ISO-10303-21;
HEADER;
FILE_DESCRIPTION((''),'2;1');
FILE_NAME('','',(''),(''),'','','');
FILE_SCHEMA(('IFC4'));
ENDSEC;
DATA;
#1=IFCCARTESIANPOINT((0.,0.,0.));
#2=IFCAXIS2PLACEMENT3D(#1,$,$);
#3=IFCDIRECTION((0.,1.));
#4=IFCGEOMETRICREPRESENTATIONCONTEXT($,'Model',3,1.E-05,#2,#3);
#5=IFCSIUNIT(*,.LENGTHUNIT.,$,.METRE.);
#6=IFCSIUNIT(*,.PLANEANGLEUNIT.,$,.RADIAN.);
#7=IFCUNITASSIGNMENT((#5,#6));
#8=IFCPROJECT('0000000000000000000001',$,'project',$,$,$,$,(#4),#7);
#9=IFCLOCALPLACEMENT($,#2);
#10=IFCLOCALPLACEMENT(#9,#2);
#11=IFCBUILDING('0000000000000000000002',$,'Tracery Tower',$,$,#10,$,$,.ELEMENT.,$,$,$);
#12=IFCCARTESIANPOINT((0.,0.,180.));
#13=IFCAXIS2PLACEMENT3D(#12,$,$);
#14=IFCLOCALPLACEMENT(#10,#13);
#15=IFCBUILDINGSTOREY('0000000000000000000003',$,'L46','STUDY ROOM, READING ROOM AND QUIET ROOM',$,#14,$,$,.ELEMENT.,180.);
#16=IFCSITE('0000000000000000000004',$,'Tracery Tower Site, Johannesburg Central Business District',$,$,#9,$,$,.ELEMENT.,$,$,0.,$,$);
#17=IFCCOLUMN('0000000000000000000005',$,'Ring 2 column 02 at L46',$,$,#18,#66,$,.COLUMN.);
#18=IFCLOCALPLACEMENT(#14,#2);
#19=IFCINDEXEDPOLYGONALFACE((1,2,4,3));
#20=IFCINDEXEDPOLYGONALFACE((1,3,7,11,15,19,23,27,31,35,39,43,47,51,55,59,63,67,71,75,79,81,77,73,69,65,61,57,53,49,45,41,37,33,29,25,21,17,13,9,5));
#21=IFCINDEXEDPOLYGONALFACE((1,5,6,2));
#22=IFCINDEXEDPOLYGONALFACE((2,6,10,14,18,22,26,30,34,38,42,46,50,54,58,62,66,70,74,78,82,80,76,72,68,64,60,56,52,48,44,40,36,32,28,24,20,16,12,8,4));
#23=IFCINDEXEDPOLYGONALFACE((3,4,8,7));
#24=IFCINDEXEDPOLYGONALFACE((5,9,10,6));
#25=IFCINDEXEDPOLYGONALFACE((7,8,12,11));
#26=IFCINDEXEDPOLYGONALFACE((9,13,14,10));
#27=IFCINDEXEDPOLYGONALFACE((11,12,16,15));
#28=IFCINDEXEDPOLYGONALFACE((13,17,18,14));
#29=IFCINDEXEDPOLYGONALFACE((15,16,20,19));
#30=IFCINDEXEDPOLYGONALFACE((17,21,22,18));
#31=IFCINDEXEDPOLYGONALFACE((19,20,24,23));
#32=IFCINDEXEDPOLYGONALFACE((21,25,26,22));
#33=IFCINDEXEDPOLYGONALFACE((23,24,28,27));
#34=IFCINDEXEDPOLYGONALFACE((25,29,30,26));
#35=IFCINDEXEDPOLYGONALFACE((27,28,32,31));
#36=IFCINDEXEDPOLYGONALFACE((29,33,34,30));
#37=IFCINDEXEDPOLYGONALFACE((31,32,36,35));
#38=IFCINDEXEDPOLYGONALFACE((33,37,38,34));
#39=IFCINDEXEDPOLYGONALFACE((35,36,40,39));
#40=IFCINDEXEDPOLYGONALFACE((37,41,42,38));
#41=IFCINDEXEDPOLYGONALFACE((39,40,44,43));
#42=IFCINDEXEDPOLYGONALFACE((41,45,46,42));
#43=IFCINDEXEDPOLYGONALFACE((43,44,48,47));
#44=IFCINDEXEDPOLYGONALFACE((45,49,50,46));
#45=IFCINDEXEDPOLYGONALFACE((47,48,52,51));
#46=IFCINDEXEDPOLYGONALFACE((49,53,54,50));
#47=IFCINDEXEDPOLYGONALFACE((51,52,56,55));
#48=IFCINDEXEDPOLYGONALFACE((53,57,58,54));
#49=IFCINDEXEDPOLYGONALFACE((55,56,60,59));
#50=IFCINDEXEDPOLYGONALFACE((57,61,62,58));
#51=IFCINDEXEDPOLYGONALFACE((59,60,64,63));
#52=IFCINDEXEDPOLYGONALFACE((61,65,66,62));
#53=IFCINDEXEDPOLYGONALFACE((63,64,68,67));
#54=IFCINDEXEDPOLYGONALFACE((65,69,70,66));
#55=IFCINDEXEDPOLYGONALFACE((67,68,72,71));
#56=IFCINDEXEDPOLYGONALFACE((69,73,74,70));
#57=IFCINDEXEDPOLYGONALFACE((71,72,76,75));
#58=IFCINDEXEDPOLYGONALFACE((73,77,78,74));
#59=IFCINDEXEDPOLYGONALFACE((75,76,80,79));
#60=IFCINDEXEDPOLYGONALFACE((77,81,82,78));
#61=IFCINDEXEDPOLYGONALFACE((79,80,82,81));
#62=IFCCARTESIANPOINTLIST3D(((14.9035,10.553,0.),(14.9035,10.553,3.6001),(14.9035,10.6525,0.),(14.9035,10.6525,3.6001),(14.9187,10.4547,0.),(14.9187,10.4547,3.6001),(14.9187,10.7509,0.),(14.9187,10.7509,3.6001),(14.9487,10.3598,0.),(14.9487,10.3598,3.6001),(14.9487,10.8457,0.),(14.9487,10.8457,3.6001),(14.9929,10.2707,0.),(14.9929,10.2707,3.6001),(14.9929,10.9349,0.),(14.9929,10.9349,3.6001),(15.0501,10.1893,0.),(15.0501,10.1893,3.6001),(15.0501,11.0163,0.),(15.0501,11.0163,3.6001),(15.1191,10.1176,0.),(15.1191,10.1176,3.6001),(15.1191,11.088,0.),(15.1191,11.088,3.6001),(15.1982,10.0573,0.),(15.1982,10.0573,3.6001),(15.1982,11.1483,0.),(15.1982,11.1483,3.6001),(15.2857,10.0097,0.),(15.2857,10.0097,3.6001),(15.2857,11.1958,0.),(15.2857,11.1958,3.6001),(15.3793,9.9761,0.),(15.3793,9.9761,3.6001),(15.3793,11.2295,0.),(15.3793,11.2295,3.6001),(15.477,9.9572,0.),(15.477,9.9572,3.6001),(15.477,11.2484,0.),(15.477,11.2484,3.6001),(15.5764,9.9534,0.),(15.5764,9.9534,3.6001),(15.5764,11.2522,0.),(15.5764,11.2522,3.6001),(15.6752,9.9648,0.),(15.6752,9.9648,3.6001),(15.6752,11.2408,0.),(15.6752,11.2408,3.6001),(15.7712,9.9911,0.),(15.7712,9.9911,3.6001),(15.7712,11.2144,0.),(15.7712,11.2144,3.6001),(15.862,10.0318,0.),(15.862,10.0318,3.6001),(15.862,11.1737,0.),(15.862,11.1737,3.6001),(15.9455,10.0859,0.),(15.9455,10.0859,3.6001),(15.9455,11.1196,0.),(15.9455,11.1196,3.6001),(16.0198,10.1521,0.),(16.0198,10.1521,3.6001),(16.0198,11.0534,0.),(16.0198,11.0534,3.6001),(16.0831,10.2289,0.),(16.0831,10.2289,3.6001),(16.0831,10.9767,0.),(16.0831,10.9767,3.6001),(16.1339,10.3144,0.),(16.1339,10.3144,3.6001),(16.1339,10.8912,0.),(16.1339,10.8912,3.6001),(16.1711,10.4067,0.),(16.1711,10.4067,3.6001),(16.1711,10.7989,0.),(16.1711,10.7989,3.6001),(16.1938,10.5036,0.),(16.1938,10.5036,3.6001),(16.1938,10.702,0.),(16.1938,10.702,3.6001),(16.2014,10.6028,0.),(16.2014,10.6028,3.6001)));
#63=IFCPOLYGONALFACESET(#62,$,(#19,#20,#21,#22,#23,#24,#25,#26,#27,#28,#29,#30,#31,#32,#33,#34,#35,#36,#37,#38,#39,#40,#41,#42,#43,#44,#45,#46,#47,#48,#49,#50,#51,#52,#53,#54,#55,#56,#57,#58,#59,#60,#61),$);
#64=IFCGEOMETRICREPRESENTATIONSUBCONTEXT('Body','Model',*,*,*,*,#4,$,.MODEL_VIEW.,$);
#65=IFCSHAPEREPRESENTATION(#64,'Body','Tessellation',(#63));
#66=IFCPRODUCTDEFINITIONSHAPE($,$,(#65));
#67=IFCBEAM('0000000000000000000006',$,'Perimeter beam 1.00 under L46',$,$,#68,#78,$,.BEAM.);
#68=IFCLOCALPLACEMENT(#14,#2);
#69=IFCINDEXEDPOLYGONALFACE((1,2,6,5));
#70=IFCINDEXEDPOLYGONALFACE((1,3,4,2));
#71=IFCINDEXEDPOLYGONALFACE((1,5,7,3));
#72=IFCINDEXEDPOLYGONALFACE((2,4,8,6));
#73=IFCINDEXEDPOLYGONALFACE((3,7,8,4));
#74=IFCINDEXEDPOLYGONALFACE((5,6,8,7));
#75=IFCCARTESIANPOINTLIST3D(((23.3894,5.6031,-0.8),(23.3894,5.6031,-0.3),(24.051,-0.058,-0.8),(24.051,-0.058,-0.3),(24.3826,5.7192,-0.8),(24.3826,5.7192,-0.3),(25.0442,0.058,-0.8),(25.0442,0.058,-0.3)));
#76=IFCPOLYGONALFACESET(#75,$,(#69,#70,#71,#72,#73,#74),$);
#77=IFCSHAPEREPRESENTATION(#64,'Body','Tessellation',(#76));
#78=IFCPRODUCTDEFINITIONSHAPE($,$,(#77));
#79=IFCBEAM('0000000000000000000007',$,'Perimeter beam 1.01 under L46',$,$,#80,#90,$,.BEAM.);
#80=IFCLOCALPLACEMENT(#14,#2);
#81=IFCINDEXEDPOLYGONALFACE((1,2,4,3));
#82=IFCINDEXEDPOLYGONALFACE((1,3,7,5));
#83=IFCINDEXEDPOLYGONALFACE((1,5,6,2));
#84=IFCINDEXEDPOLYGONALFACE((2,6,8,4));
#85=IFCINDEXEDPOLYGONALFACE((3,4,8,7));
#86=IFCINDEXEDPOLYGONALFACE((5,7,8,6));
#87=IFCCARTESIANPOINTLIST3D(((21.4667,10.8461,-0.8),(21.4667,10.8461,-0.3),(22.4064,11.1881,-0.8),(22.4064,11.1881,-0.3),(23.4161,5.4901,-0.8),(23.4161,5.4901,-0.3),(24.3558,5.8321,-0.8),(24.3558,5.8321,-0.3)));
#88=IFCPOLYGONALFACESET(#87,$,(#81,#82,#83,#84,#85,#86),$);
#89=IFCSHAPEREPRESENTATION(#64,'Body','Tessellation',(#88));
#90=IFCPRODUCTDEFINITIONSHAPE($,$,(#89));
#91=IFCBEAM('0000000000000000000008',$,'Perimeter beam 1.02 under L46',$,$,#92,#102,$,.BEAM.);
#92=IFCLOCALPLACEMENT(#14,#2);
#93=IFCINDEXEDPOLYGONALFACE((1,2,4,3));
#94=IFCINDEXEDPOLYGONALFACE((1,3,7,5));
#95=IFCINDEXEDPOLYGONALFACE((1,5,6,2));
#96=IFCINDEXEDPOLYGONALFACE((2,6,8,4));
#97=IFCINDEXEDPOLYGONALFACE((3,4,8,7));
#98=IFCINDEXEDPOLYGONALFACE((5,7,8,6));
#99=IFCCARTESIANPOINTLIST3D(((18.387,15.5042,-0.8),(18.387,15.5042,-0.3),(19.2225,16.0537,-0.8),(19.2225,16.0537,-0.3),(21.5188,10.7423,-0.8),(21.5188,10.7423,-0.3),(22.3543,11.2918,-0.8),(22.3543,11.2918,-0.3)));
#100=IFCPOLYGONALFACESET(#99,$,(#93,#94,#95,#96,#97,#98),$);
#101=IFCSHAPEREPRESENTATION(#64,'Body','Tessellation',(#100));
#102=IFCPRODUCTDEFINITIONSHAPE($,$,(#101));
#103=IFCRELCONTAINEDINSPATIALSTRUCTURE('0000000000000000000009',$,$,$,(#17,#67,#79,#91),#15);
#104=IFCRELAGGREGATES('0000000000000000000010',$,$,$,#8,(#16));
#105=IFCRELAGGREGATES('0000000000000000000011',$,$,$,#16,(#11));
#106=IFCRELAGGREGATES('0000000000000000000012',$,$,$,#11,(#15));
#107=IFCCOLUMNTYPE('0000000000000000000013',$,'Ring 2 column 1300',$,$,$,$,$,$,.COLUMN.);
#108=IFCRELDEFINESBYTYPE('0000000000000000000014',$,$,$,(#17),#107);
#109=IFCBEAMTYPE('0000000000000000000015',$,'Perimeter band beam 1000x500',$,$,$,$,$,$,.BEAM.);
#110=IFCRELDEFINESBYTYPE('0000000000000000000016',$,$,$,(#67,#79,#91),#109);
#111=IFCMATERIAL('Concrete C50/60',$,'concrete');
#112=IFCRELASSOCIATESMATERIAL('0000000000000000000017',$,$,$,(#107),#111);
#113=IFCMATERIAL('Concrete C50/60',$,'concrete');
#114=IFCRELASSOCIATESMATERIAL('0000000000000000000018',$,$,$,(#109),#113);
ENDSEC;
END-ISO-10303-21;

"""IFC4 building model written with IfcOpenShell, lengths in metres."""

from ifc_helpers import new_model, si_unit, direction, frame, origin, origin_2d, place, context, subcontext, project, spatial, rectangle, circle, extrude, material, material_profile, profile_set, type_object, element, save


model = new_model("IFC4")

# Units and contexts
model_context = context("Model", 3, precision=1e-05, world=origin(), true_north=direction((0.0, 1.0)))
body_context = subcontext(model_context, "Body", "Model", "MODEL_VIEW")
ifc_project = project(units=[si_unit("LENGTHUNIT", "METRE"), si_unit("PLANEANGLEUNIT", "RADIAN")], contexts=[model_context])

# Site, building, storey
site_placement = place(None, origin())
site = spatial("IfcSite", under=ifc_project, at=site_placement, Name="Tracery Tower Site, Johannesburg Central Business District", CompositionType="ELEMENT", RefElevation=0.0)
building_placement = place(site_placement, origin())
building = spatial("IfcBuilding", under=site, at=building_placement, Name="Tracery Tower", CompositionType="ELEMENT")
storey_placement = place(building_placement, frame((0.0, 0.0, 180.0)))
storey = spatial("IfcBuildingStorey", under=building, at=storey_placement, Name="L46", Description="STUDY ROOM, READING ROOM AND QUIET ROOM", CompositionType="ELEMENT", Elevation=180.0)

# Column
ifc_material_1 = material(Name="Concrete C50/60", Category="concrete")
ifc_material_profile_1 = material_profile(ifc_material_1, circle(Radius=0.6499, at=origin_2d()), Name="RC D1300")
ifc_profile_set_1 = profile_set([ifc_material_profile_1], Name="Concrete C50/60")
column_type_1 = type_object("IfcColumnType", Name="Ring 2 column 1300", PredefinedType="COLUMN", material=ifc_profile_set_1)
for number, where, z_axis, x_axis, name in (
    (1, (15.5515, 10.6028, 0.0), (0.0, 0.0, 1.0), (1.0, 0.0, 0.0), "Ring 2 column 02 at L46"),
):
    element("IfcColumn", number, at=place(storey_placement, frame(where, z_axis=z_axis, x_axis=x_axis)), inside=storey, type_object=column_type_1, Name=name, PredefinedType="COLUMN", context=body_context, shape_type="SweptSolid", body=[
        extrude(circle(Radius=0.6499, at=origin_2d()), origin(), (0.0, 0.0, 1.0), 3.6001),
    ])

# Beams
ifc_material_2 = material(Name="Concrete C50/60", Category="concrete")
ifc_material_profile_2 = material_profile(ifc_material_2, rectangle(XDim=1.0, YDim=0.5, at=origin_2d()), Name="RC 1000x500")
ifc_profile_set_2 = profile_set([ifc_material_profile_2], Name="Concrete C50/60")
beam_type = type_object("IfcBeamType", Name="Perimeter band beam 1000x500", PredefinedType="BEAM", material=ifc_profile_set_2)
for number, where, z_axis, x_axis, name in (
    (2, (24.5476, 0.0, -0.55), (-0.116081, 0.99324, 0.0), (-0.99324, -0.116081, 0.0), "Perimeter beam 1.00 under L46"),
    (3, (23.886, 5.6611, -0.55), (-0.342029, 0.93969, 0.0), (-0.93969, -0.342029, 0.0), "Perimeter beam 1.01 under L46"),
):
    element("IfcBeam", number, at=place(storey_placement, frame(where, z_axis=z_axis, x_axis=x_axis)), inside=storey, type_object=beam_type, Name=name, PredefinedType="BEAM", context=body_context, shape_type="SweptSolid", body=[
        extrude(rectangle(XDim=1.0, YDim=0.5, at=origin_2d()), origin(), (0.0, 0.0, 1.0), 5.6997),
    ])
beam_placement = place(storey_placement, frame((21.9365, 11.0171, -0.55), z_axis=(-0.54949, 0.8355, 0.0), x_axis=(-0.8355, -0.54949, 0.0)))
element("IfcBeam", 4, at=beam_placement, inside=storey, type_object=beam_type, Name="Perimeter beam 1.02 under L46", PredefinedType="BEAM", context=body_context, shape_type="SweptSolid", body=[
    extrude(rectangle(XDim=1.0, YDim=0.5, at=origin_2d()), origin(), (0.0, 0.0, 1.0), 5.6995),
])

save(model, "model.ifc")
